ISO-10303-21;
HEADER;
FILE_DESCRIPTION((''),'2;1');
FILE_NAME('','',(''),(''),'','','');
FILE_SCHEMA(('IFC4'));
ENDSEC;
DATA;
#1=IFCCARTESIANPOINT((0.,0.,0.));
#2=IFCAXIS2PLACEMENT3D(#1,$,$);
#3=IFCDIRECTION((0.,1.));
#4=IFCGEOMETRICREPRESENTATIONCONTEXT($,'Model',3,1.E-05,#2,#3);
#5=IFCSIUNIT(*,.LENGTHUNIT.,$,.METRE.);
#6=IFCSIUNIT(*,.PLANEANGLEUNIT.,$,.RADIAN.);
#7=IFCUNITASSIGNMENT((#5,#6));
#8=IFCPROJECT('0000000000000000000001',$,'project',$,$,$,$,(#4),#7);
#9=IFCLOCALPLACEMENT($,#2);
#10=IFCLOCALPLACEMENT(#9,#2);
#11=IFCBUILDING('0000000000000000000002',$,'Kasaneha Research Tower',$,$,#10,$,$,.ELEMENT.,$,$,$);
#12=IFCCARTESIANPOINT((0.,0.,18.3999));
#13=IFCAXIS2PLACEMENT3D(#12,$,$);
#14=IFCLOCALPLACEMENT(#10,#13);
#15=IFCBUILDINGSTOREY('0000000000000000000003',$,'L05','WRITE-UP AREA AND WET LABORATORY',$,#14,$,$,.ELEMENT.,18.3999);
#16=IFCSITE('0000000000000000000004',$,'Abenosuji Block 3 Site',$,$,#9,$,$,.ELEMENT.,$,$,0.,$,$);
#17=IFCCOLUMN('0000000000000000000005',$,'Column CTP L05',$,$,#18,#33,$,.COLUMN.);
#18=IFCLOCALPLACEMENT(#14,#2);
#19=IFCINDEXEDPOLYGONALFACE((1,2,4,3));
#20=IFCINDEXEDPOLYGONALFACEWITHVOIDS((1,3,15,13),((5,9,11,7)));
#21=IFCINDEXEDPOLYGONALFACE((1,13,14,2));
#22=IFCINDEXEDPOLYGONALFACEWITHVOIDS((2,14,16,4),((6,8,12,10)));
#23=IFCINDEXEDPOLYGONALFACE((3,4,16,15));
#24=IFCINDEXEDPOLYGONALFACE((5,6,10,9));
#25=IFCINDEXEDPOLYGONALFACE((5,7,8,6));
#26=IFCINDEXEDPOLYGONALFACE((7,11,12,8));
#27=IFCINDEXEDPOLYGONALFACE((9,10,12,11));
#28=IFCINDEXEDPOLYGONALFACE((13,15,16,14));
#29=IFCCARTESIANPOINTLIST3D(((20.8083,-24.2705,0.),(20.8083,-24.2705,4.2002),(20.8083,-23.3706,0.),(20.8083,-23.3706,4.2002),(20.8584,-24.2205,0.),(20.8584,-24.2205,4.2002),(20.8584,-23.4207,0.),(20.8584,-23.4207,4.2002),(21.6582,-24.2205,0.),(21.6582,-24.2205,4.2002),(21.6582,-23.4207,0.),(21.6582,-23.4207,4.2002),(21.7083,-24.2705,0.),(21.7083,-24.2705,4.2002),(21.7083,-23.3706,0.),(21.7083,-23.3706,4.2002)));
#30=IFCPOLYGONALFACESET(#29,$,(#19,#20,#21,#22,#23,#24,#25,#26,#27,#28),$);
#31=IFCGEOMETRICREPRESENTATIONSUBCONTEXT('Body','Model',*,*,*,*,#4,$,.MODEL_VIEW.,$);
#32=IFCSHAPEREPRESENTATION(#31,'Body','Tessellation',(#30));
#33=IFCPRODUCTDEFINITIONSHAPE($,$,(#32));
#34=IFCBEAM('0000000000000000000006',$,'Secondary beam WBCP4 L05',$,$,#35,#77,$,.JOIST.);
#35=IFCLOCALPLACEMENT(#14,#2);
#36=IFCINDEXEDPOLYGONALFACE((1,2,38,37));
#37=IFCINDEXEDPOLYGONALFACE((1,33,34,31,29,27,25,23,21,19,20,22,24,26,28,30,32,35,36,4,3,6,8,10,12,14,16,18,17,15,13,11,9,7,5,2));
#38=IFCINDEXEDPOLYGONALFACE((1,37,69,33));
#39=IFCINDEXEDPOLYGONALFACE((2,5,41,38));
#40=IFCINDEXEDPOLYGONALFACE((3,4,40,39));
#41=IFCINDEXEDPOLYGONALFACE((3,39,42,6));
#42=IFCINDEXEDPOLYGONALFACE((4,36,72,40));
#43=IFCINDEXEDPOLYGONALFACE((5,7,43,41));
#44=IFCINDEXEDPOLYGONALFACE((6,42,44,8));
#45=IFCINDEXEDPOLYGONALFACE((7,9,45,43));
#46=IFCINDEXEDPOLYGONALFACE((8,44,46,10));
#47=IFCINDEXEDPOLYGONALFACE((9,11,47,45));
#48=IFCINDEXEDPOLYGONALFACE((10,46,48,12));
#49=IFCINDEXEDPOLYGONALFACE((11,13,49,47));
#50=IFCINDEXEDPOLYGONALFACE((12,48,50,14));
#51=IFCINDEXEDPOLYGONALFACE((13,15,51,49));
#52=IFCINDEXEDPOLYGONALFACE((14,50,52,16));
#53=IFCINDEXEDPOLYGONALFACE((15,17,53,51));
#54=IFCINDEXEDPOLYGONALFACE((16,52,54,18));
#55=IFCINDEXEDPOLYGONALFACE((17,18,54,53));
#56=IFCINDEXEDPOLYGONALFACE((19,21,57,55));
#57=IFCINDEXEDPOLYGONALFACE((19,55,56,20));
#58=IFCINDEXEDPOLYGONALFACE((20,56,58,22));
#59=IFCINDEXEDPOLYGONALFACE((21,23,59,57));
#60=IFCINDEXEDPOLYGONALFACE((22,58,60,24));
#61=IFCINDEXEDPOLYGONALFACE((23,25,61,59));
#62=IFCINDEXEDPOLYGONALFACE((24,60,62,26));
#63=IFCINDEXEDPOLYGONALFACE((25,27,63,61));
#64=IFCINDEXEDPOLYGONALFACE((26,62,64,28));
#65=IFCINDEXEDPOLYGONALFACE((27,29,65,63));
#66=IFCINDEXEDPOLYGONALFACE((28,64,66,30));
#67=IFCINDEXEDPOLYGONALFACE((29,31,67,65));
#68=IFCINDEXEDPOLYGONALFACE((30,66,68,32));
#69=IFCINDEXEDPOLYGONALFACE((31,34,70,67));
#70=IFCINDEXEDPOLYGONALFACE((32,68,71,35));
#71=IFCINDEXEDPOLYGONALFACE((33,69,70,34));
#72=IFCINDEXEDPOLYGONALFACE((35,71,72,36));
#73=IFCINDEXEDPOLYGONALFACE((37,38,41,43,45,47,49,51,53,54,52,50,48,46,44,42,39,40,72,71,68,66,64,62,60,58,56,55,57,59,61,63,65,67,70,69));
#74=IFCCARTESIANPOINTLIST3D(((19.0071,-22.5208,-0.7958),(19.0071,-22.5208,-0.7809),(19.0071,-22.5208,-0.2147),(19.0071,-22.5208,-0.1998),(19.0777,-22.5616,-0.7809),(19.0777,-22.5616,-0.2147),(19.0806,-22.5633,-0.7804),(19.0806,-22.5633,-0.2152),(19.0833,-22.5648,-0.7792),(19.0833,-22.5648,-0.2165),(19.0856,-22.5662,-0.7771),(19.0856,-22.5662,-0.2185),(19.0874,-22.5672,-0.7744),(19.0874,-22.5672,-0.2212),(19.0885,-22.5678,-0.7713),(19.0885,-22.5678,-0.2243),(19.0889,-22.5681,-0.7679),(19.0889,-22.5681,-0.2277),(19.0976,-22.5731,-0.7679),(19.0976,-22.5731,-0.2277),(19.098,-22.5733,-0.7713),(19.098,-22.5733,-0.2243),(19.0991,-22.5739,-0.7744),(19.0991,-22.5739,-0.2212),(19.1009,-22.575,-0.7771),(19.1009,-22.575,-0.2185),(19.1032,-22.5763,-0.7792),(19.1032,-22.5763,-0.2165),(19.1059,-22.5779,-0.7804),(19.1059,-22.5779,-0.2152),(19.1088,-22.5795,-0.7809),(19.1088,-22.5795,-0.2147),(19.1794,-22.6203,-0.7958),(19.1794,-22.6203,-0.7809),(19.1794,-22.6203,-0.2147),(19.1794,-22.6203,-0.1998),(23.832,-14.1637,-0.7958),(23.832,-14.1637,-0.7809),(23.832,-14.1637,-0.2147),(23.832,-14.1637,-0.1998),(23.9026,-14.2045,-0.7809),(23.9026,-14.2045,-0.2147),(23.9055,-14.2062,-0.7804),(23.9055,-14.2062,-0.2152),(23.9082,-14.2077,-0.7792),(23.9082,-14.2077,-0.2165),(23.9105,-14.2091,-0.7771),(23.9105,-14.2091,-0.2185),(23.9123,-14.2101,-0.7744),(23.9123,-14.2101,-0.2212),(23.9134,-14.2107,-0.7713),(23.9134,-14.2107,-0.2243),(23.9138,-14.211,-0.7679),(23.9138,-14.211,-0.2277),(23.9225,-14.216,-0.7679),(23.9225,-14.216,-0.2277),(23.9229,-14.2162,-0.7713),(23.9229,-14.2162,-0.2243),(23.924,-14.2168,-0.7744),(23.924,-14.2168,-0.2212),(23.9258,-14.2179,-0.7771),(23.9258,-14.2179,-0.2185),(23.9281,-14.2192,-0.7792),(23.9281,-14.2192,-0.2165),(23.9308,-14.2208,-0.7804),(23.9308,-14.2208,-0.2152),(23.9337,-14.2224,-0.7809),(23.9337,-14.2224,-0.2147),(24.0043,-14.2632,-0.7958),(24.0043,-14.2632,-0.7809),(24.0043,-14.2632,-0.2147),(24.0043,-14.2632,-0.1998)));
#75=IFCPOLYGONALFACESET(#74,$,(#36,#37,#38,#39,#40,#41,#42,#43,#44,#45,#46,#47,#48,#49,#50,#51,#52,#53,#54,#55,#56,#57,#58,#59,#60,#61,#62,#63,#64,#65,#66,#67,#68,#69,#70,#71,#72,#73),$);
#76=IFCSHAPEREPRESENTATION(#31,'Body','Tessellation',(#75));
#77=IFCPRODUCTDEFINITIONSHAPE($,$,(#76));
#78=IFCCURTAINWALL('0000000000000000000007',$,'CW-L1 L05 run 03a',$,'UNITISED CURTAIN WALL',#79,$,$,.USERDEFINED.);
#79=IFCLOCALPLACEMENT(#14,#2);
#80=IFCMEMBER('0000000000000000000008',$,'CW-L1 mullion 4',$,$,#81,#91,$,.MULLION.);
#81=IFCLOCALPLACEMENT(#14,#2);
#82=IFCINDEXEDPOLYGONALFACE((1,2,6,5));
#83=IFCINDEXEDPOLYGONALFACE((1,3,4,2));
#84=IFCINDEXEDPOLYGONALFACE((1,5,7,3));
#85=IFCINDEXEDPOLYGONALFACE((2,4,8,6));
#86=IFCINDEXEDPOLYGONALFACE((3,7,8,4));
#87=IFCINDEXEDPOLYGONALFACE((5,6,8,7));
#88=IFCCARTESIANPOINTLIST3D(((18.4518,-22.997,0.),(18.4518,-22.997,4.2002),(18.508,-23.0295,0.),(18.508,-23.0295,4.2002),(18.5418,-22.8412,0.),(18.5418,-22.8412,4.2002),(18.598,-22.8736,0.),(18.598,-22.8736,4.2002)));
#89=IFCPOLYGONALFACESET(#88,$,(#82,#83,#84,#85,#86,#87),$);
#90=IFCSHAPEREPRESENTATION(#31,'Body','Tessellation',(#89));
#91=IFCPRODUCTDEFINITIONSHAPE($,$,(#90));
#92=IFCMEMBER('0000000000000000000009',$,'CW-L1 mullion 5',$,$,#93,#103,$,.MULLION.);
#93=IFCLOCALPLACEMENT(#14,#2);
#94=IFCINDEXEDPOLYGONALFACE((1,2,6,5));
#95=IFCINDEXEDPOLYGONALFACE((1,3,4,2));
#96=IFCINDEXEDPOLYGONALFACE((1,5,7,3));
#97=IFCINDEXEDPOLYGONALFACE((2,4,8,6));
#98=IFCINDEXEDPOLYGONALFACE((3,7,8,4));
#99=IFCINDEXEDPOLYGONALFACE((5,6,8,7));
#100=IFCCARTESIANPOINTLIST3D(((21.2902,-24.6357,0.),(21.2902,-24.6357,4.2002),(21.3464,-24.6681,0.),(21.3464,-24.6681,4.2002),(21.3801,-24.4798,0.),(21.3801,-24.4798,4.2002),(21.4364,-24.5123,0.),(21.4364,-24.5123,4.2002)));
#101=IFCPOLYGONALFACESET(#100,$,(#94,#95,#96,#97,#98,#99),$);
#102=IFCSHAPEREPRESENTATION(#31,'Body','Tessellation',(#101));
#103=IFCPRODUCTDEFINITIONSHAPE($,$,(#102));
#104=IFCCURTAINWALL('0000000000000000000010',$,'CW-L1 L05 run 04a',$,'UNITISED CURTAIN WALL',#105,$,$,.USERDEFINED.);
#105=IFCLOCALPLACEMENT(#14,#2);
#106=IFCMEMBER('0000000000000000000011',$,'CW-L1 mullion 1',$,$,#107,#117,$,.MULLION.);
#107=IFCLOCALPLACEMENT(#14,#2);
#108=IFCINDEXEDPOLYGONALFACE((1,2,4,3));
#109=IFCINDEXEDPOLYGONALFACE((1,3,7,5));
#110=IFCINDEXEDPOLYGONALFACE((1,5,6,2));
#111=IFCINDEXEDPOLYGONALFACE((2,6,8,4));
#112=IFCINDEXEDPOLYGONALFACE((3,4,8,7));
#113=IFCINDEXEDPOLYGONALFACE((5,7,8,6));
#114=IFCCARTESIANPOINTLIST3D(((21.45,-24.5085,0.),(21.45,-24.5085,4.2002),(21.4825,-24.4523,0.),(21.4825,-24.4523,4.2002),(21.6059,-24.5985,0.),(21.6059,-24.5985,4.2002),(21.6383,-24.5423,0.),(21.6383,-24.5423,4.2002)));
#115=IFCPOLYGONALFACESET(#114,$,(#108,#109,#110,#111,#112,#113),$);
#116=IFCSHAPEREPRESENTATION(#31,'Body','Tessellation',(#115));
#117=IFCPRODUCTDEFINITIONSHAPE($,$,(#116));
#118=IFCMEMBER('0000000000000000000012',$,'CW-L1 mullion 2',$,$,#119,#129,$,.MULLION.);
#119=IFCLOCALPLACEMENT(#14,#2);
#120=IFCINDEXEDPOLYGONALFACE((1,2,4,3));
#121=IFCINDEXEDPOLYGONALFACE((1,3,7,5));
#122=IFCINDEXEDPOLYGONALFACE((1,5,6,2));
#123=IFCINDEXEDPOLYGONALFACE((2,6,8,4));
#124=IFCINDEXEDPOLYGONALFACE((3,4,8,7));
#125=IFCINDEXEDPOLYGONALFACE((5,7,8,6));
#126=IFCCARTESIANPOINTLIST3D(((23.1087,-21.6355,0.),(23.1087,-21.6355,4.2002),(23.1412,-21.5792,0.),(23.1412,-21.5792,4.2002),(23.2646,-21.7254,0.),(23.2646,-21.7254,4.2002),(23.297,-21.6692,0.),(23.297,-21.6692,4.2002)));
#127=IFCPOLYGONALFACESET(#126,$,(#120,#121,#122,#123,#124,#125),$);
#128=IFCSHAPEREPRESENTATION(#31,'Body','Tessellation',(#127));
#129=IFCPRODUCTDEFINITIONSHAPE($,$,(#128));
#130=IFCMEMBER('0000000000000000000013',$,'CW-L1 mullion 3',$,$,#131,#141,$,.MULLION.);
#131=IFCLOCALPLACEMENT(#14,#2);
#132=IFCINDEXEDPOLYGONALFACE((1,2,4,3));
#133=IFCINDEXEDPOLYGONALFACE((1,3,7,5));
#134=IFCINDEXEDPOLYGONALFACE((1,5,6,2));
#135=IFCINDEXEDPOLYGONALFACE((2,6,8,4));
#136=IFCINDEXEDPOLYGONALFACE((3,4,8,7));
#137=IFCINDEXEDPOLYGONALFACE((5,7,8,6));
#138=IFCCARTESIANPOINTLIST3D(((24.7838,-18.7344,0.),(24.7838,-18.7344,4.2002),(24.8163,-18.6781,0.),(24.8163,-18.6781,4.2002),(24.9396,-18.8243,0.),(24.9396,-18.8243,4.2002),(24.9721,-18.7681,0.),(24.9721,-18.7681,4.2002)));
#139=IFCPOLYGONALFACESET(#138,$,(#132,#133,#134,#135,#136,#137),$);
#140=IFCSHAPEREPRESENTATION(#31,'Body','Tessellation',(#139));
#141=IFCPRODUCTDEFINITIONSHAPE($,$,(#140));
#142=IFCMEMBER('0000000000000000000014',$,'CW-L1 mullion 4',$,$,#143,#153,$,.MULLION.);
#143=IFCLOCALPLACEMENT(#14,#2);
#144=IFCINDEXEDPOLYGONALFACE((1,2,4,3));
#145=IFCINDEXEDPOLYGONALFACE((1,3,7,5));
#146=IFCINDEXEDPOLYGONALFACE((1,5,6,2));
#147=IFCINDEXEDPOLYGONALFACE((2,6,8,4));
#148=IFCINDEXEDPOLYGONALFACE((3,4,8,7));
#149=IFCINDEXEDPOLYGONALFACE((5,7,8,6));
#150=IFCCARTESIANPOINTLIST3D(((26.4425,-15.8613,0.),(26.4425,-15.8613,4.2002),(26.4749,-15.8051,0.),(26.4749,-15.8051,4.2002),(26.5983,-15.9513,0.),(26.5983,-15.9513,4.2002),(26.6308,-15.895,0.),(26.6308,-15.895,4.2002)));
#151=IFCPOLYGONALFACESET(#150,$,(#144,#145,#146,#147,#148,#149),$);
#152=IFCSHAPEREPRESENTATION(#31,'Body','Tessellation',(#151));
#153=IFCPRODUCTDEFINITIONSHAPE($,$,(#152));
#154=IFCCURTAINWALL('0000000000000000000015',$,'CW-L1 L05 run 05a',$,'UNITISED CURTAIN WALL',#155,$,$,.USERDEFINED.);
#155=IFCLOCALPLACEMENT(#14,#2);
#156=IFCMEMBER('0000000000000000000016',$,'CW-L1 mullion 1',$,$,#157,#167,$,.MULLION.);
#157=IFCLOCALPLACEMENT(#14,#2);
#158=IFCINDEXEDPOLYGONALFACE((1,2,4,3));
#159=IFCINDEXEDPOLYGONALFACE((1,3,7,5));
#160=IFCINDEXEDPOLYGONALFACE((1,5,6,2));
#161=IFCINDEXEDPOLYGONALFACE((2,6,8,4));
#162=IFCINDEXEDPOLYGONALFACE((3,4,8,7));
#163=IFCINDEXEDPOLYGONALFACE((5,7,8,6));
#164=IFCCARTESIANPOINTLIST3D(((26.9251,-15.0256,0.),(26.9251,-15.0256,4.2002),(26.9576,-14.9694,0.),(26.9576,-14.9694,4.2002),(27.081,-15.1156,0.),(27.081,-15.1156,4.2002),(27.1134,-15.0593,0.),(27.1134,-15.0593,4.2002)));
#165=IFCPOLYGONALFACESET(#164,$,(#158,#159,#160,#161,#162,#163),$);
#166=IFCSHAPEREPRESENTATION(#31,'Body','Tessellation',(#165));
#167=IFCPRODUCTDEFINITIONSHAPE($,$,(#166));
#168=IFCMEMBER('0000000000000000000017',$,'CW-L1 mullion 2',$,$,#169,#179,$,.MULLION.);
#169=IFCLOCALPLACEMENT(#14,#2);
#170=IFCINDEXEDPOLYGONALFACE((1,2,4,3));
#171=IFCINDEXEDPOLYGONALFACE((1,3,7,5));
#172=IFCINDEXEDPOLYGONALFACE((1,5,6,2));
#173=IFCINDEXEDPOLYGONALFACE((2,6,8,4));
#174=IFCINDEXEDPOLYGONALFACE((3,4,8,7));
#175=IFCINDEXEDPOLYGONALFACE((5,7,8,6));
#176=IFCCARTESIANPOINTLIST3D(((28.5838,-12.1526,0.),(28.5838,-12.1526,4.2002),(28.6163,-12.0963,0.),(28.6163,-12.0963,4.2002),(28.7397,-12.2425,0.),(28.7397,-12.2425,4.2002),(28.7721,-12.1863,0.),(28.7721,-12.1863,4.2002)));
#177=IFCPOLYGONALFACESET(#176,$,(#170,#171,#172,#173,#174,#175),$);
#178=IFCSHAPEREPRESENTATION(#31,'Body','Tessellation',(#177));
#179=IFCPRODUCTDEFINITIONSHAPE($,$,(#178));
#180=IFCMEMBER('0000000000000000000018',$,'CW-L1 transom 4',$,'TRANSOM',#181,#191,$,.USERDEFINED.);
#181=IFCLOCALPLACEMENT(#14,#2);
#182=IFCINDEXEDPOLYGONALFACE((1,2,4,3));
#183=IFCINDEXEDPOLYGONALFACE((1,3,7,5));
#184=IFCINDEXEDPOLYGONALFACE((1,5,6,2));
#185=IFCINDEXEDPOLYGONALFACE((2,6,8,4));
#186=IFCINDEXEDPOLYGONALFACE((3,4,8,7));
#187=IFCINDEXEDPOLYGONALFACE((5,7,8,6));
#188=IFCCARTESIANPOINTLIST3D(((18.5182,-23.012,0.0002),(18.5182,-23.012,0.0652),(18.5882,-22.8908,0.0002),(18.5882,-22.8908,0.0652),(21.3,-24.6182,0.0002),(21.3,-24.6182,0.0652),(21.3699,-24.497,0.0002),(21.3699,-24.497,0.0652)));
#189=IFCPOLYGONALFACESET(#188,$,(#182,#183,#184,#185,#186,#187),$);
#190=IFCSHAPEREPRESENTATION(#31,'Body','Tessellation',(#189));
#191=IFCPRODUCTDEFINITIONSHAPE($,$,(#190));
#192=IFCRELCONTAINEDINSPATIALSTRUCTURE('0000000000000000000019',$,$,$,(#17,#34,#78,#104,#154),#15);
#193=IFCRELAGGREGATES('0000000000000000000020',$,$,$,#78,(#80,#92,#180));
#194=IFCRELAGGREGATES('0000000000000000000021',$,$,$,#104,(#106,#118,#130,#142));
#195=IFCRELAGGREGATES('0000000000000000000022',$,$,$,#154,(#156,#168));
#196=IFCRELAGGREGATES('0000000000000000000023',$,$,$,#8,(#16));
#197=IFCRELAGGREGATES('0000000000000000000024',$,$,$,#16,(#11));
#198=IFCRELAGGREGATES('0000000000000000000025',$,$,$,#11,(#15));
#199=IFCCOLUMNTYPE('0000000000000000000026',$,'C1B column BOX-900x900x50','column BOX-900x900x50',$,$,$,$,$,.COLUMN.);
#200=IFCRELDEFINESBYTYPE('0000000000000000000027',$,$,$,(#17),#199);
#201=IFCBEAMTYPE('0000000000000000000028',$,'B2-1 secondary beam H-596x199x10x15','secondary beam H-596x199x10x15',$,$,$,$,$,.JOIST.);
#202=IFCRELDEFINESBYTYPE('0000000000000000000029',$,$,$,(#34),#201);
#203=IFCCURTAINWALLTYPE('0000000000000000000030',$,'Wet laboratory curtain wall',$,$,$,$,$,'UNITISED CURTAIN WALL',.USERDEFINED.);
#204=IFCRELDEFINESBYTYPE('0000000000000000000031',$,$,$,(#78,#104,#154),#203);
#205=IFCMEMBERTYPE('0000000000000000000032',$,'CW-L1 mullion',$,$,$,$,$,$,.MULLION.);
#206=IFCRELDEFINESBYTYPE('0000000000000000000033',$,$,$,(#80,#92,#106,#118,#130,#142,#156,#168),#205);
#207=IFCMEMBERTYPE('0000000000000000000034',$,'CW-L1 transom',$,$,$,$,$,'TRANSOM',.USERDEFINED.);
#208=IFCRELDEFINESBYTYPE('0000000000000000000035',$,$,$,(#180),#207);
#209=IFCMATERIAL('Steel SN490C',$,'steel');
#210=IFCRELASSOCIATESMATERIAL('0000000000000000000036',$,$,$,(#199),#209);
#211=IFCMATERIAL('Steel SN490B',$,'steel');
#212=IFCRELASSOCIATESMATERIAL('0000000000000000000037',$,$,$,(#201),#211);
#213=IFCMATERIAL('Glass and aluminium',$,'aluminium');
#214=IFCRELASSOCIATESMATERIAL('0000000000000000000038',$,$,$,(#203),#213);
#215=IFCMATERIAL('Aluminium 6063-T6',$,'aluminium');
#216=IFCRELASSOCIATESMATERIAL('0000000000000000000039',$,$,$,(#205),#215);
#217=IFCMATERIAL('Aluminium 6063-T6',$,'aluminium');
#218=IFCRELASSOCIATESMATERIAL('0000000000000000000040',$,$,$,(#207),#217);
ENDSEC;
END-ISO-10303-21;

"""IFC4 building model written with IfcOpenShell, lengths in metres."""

from ifc_helpers import new_model, si_unit, direction, frame, origin, origin_2d, place, context, subcontext, project, spatial, rectangle, hollow_rectangle, i_section, extrude, material, material_profile, profile_set, type_object, element, aggregate, save


model = new_model("IFC4")

# Units and contexts
model_context = context("Model", 3, precision=1e-05, world=origin(), true_north=direction((0.0, 1.0)))
body_context = subcontext(model_context, "Body", "Model", "MODEL_VIEW")
ifc_project = project(units=[si_unit("LENGTHUNIT", "METRE"), si_unit("PLANEANGLEUNIT", "RADIAN")], contexts=[model_context])

# Site, building, storey
site_placement = place(None, origin())
site = spatial("IfcSite", under=ifc_project, at=site_placement, Name="Abenosuji Block 3 Site", CompositionType="ELEMENT", RefElevation=0.0)
building_placement = place(site_placement, origin())
building = spatial("IfcBuilding", under=site, at=building_placement, Name="Kasaneha Research Tower", CompositionType="ELEMENT")
storey_placement = place(building_placement, frame((0.0, 0.0, 18.3999)))
storey = spatial("IfcBuildingStorey", under=building, at=storey_placement, Name="L05", Description="WRITE-UP AREA AND WET LABORATORY", CompositionType="ELEMENT", Elevation=18.3999)

# Column
ifc_material_1 = material(Name="Steel SN490C", Category="steel")
ifc_material_profile_1 = material_profile(ifc_material_1, hollow_rectangle(XDim=0.8999, YDim=0.8999, WallThickness=0.05, at=origin_2d()), Name="BOX-900x900x50")
ifc_profile_set_1 = profile_set([ifc_material_profile_1], Name="Steel SN490C")
column_type = type_object("IfcColumnType", Name="C1B column BOX-900x900x50", Description="column BOX-900x900x50", PredefinedType="COLUMN", material=ifc_profile_set_1)
column_placement = place(storey_placement, frame((21.2583, -23.8206, 0.0), z_axis=(0.0, 0.0, 1.0), x_axis=(1.0, 0.0, 0.0)))
element("IfcColumn", 1, at=column_placement, inside=storey, type_object=column_type, Name="Column CTP L05", PredefinedType="COLUMN", context=body_context, shape_type="SweptSolid", body=[
    extrude(hollow_rectangle(XDim=0.8999, YDim=0.8999, WallThickness=0.05, at=origin_2d()), origin(), (0.0, 0.0, 1.0), 4.2002),
])

# Beam
ifc_material_2 = material(Name="Steel SN490B", Category="steel")
ifc_material_profile_2 = material_profile(ifc_material_2, i_section(OverallWidth=0.199, OverallDepth=0.5959, WebThickness=0.01, FlangeThickness=0.0149, FilletRadius=0.0129, at=origin_2d()), Name="H-596x199x10x15")
ifc_profile_set_2 = profile_set([ifc_material_profile_2], Name="Steel SN490B")
beam_type_1 = type_object("IfcBeamType", Name="B2-1 secondary beam H-596x199x10x15", Description="secondary beam H-596x199x10x15", PredefinedType="JOIST", material=ifc_profile_set_2)
beam_1_placement = place(storey_placement, frame((19.0933, -22.5706, -0.4978), z_axis=(0.499995, 0.866028, 0.0), x_axis=(-0.866028, 0.499995, 0.0)))
element("IfcBeam", 2, at=beam_1_placement, inside=storey, type_object=beam_type_1, Name="Secondary beam WBCP4 L05", PredefinedType="JOIST", context=body_context, shape_type="SweptSolid", body=[
    extrude(i_section(OverallWidth=0.199, OverallDepth=0.5959, WebThickness=0.01, FlangeThickness=0.0149, FilletRadius=0.0129, at=origin_2d()), origin(), (0.0, 0.0, 1.0), 9.6499),
])

# Curtain walls, members
ifc_material_3 = material(Name="Glass and aluminium", Category="aluminium")
curtain_wall_type = type_object("IfcCurtainWallType", Name="Wet laboratory curtain wall", ElementType="UNITISED CURTAIN WALL", PredefinedType="USERDEFINED", material=ifc_material_3)
curtain_wall_1_placement = place(storey_placement, origin())
curtain_wall_1 = element("IfcCurtainWall", 3, at=curtain_wall_1_placement, inside=storey, type_object=curtain_wall_type, Name="CW-L1 L05 run 03a", ObjectType="UNITISED CURTAIN WALL", PredefinedType="USERDEFINED")
ifc_material_4 = material(Name="Aluminium 6063-T6", Category="aluminium")
ifc_material_profile_3 = material_profile(ifc_material_4, rectangle(XDim=0.0649, YDim=0.1799, at=origin_2d()), Name="CW-L1 mullion 65x180")
ifc_profile_set_3 = profile_set([ifc_material_profile_3], Name="Aluminium 6063-T6")
member_type_1 = type_object("IfcMemberType", Name="CW-L1 mullion", PredefinedType="MULLION", material=ifc_profile_set_3)
member_1_placement = place(storey_placement, frame((18.5249, -22.9353, 0.0), z_axis=(0.0, 0.0, 1.0), x_axis=(0.866025, -0.5, 0.0)))
member_1 = element("IfcMember", 4, at=member_1_placement, type_object=member_type_1, Name="CW-L1 mullion 4", PredefinedType="MULLION", context=body_context, shape_type="SweptSolid", body=[
    extrude(rectangle(XDim=0.0649, YDim=0.1799, at=origin_2d()), origin(), (0.0, 0.0, 1.0), 4.2002),
])
member_2_placement = place(storey_placement, frame((21.3633, -24.574, 0.0), z_axis=(0.0, 0.0, 1.0), x_axis=(0.866025, -0.5, 0.0)))
member_2 = element("IfcMember", 5, at=member_2_placement, type_object=member_type_1, Name="CW-L1 mullion 5", PredefinedType="MULLION", context=body_context, shape_type="SweptSolid", body=[
    extrude(rectangle(XDim=0.0649, YDim=0.1799, at=origin_2d()), origin(), (0.0, 0.0, 1.0), 4.2002),
])
curtain_wall_2_placement = place(storey_placement, origin())
curtain_wall_2 = element("IfcCurtainWall", 6, at=curtain_wall_2_placement, inside=storey, type_object=curtain_wall_type, Name="CW-L1 L05 run 04a", ObjectType="UNITISED CURTAIN WALL", PredefinedType="USERDEFINED")
member_3_placement = place(storey_placement, frame((21.5442, -24.5254, 0.0), z_axis=(0.0, 0.0, 1.0), x_axis=(0.5, 0.866025, 0.0)))
member_3 = element("IfcMember", 7, at=member_3_placement, type_object=member_type_1, Name="CW-L1 mullion 1", PredefinedType="MULLION", context=body_context, shape_type="SweptSolid", body=[
    extrude(rectangle(XDim=0.0649, YDim=0.1799, at=origin_2d()), origin(), (0.0, 0.0, 1.0), 4.2002),
])
member_4_placement = place(storey_placement, frame((23.2029, -21.6523, 0.0), z_axis=(0.0, 0.0, 1.0), x_axis=(0.5, 0.866025, 0.0)))
member_4 = element("IfcMember", 8, at=member_4_placement, type_object=member_type_1, Name="CW-L1 mullion 2", PredefinedType="MULLION", context=body_context, shape_type="SweptSolid", body=[
    extrude(rectangle(XDim=0.0649, YDim=0.1799, at=origin_2d()), origin(), (0.0, 0.0, 1.0), 4.2002),
])
member_5_placement = place(storey_placement, frame((24.8779, -18.7512, 0.0), z_axis=(0.0, 0.0, 1.0), x_axis=(0.5, 0.866025, 0.0)))
member_5 = element("IfcMember", 9, at=member_5_placement, type_object=member_type_1, Name="CW-L1 mullion 3", PredefinedType="MULLION", context=body_context, shape_type="SweptSolid", body=[
    extrude(rectangle(XDim=0.0649, YDim=0.1799, at=origin_2d()), origin(), (0.0, 0.0, 1.0), 4.2002),
])
member_6_placement = place(storey_placement, frame((26.5366, -15.8782, 0.0), z_axis=(0.0, 0.0, 1.0), x_axis=(0.5, 0.866025, 0.0)))
member_6 = element("IfcMember", 10, at=member_6_placement, type_object=member_type_1, Name="CW-L1 mullion 4", PredefinedType="MULLION", context=body_context, shape_type="SweptSolid", body=[
    extrude(rectangle(XDim=0.0649, YDim=0.1799, at=origin_2d()), origin(), (0.0, 0.0, 1.0), 4.2002),
])
curtain_wall_3_placement = place(storey_placement, origin())
curtain_wall_3 = element("IfcCurtainWall", 11, at=curtain_wall_3_placement, inside=storey, type_object=curtain_wall_type, Name="CW-L1 L05 run 05a", ObjectType="UNITISED CURTAIN WALL", PredefinedType="USERDEFINED")
member_7_placement = place(storey_placement, frame((27.0193, -15.0425, 0.0), z_axis=(0.0, 0.0, 1.0), x_axis=(0.5, 0.866025, 0.0)))
member_7 = element("IfcMember", 12, at=member_7_placement, type_object=member_type_1, Name="CW-L1 mullion 1", PredefinedType="MULLION", context=body_context, shape_type="SweptSolid", body=[
    extrude(rectangle(XDim=0.0649, YDim=0.1799, at=origin_2d()), origin(), (0.0, 0.0, 1.0), 4.2002),
])
member_8_placement = place(storey_placement, frame((28.678, -12.1694, 0.0), z_axis=(0.0, 0.0, 1.0), x_axis=(0.5, 0.866025, 0.0)))
member_8 = element("IfcMember", 13, at=member_8_placement, type_object=member_type_1, Name="CW-L1 mullion 2", PredefinedType="MULLION", context=body_context, shape_type="SweptSolid", body=[
    extrude(rectangle(XDim=0.0649, YDim=0.1799, at=origin_2d()), origin(), (0.0, 0.0, 1.0), 4.2002),
])

# Member
ifc_material_5 = material(Name="Aluminium 6063-T6", Category="aluminium")
ifc_material_profile_4 = material_profile(ifc_material_5, rectangle(XDim=0.1399, YDim=0.0649, at=origin_2d()), Name="CW-L1 transom 140x65")
ifc_profile_set_4 = profile_set([ifc_material_profile_4], Name="Aluminium 6063-T6")
member_type_2 = type_object("IfcMemberType", Name="CW-L1 transom", ElementType="TRANSOM", PredefinedType="USERDEFINED", material=ifc_profile_set_4)
member_9_placement = place(storey_placement, frame((18.5532, -22.9514, 0.0327), z_axis=(0.866003, -0.500038, 0.0), x_axis=(0.500038, 0.866003, 0.0)))
member_9 = element("IfcMember", 14, at=member_9_placement, type_object=member_type_2, Name="CW-L1 transom 4", ObjectType="TRANSOM", PredefinedType="USERDEFINED", context=body_context, shape_type="SweptSolid", body=[
    extrude(rectangle(XDim=0.1399, YDim=0.0649, at=origin_2d()), origin(), (0.0, 0.0, 1.0), 3.2122),
])

aggregate(curtain_wall_1, [member_1, member_2, member_9])
aggregate(curtain_wall_2, [member_3, member_4, member_5, member_6])
aggregate(curtain_wall_3, [member_7, member_8])

save(model, "model.ifc")
